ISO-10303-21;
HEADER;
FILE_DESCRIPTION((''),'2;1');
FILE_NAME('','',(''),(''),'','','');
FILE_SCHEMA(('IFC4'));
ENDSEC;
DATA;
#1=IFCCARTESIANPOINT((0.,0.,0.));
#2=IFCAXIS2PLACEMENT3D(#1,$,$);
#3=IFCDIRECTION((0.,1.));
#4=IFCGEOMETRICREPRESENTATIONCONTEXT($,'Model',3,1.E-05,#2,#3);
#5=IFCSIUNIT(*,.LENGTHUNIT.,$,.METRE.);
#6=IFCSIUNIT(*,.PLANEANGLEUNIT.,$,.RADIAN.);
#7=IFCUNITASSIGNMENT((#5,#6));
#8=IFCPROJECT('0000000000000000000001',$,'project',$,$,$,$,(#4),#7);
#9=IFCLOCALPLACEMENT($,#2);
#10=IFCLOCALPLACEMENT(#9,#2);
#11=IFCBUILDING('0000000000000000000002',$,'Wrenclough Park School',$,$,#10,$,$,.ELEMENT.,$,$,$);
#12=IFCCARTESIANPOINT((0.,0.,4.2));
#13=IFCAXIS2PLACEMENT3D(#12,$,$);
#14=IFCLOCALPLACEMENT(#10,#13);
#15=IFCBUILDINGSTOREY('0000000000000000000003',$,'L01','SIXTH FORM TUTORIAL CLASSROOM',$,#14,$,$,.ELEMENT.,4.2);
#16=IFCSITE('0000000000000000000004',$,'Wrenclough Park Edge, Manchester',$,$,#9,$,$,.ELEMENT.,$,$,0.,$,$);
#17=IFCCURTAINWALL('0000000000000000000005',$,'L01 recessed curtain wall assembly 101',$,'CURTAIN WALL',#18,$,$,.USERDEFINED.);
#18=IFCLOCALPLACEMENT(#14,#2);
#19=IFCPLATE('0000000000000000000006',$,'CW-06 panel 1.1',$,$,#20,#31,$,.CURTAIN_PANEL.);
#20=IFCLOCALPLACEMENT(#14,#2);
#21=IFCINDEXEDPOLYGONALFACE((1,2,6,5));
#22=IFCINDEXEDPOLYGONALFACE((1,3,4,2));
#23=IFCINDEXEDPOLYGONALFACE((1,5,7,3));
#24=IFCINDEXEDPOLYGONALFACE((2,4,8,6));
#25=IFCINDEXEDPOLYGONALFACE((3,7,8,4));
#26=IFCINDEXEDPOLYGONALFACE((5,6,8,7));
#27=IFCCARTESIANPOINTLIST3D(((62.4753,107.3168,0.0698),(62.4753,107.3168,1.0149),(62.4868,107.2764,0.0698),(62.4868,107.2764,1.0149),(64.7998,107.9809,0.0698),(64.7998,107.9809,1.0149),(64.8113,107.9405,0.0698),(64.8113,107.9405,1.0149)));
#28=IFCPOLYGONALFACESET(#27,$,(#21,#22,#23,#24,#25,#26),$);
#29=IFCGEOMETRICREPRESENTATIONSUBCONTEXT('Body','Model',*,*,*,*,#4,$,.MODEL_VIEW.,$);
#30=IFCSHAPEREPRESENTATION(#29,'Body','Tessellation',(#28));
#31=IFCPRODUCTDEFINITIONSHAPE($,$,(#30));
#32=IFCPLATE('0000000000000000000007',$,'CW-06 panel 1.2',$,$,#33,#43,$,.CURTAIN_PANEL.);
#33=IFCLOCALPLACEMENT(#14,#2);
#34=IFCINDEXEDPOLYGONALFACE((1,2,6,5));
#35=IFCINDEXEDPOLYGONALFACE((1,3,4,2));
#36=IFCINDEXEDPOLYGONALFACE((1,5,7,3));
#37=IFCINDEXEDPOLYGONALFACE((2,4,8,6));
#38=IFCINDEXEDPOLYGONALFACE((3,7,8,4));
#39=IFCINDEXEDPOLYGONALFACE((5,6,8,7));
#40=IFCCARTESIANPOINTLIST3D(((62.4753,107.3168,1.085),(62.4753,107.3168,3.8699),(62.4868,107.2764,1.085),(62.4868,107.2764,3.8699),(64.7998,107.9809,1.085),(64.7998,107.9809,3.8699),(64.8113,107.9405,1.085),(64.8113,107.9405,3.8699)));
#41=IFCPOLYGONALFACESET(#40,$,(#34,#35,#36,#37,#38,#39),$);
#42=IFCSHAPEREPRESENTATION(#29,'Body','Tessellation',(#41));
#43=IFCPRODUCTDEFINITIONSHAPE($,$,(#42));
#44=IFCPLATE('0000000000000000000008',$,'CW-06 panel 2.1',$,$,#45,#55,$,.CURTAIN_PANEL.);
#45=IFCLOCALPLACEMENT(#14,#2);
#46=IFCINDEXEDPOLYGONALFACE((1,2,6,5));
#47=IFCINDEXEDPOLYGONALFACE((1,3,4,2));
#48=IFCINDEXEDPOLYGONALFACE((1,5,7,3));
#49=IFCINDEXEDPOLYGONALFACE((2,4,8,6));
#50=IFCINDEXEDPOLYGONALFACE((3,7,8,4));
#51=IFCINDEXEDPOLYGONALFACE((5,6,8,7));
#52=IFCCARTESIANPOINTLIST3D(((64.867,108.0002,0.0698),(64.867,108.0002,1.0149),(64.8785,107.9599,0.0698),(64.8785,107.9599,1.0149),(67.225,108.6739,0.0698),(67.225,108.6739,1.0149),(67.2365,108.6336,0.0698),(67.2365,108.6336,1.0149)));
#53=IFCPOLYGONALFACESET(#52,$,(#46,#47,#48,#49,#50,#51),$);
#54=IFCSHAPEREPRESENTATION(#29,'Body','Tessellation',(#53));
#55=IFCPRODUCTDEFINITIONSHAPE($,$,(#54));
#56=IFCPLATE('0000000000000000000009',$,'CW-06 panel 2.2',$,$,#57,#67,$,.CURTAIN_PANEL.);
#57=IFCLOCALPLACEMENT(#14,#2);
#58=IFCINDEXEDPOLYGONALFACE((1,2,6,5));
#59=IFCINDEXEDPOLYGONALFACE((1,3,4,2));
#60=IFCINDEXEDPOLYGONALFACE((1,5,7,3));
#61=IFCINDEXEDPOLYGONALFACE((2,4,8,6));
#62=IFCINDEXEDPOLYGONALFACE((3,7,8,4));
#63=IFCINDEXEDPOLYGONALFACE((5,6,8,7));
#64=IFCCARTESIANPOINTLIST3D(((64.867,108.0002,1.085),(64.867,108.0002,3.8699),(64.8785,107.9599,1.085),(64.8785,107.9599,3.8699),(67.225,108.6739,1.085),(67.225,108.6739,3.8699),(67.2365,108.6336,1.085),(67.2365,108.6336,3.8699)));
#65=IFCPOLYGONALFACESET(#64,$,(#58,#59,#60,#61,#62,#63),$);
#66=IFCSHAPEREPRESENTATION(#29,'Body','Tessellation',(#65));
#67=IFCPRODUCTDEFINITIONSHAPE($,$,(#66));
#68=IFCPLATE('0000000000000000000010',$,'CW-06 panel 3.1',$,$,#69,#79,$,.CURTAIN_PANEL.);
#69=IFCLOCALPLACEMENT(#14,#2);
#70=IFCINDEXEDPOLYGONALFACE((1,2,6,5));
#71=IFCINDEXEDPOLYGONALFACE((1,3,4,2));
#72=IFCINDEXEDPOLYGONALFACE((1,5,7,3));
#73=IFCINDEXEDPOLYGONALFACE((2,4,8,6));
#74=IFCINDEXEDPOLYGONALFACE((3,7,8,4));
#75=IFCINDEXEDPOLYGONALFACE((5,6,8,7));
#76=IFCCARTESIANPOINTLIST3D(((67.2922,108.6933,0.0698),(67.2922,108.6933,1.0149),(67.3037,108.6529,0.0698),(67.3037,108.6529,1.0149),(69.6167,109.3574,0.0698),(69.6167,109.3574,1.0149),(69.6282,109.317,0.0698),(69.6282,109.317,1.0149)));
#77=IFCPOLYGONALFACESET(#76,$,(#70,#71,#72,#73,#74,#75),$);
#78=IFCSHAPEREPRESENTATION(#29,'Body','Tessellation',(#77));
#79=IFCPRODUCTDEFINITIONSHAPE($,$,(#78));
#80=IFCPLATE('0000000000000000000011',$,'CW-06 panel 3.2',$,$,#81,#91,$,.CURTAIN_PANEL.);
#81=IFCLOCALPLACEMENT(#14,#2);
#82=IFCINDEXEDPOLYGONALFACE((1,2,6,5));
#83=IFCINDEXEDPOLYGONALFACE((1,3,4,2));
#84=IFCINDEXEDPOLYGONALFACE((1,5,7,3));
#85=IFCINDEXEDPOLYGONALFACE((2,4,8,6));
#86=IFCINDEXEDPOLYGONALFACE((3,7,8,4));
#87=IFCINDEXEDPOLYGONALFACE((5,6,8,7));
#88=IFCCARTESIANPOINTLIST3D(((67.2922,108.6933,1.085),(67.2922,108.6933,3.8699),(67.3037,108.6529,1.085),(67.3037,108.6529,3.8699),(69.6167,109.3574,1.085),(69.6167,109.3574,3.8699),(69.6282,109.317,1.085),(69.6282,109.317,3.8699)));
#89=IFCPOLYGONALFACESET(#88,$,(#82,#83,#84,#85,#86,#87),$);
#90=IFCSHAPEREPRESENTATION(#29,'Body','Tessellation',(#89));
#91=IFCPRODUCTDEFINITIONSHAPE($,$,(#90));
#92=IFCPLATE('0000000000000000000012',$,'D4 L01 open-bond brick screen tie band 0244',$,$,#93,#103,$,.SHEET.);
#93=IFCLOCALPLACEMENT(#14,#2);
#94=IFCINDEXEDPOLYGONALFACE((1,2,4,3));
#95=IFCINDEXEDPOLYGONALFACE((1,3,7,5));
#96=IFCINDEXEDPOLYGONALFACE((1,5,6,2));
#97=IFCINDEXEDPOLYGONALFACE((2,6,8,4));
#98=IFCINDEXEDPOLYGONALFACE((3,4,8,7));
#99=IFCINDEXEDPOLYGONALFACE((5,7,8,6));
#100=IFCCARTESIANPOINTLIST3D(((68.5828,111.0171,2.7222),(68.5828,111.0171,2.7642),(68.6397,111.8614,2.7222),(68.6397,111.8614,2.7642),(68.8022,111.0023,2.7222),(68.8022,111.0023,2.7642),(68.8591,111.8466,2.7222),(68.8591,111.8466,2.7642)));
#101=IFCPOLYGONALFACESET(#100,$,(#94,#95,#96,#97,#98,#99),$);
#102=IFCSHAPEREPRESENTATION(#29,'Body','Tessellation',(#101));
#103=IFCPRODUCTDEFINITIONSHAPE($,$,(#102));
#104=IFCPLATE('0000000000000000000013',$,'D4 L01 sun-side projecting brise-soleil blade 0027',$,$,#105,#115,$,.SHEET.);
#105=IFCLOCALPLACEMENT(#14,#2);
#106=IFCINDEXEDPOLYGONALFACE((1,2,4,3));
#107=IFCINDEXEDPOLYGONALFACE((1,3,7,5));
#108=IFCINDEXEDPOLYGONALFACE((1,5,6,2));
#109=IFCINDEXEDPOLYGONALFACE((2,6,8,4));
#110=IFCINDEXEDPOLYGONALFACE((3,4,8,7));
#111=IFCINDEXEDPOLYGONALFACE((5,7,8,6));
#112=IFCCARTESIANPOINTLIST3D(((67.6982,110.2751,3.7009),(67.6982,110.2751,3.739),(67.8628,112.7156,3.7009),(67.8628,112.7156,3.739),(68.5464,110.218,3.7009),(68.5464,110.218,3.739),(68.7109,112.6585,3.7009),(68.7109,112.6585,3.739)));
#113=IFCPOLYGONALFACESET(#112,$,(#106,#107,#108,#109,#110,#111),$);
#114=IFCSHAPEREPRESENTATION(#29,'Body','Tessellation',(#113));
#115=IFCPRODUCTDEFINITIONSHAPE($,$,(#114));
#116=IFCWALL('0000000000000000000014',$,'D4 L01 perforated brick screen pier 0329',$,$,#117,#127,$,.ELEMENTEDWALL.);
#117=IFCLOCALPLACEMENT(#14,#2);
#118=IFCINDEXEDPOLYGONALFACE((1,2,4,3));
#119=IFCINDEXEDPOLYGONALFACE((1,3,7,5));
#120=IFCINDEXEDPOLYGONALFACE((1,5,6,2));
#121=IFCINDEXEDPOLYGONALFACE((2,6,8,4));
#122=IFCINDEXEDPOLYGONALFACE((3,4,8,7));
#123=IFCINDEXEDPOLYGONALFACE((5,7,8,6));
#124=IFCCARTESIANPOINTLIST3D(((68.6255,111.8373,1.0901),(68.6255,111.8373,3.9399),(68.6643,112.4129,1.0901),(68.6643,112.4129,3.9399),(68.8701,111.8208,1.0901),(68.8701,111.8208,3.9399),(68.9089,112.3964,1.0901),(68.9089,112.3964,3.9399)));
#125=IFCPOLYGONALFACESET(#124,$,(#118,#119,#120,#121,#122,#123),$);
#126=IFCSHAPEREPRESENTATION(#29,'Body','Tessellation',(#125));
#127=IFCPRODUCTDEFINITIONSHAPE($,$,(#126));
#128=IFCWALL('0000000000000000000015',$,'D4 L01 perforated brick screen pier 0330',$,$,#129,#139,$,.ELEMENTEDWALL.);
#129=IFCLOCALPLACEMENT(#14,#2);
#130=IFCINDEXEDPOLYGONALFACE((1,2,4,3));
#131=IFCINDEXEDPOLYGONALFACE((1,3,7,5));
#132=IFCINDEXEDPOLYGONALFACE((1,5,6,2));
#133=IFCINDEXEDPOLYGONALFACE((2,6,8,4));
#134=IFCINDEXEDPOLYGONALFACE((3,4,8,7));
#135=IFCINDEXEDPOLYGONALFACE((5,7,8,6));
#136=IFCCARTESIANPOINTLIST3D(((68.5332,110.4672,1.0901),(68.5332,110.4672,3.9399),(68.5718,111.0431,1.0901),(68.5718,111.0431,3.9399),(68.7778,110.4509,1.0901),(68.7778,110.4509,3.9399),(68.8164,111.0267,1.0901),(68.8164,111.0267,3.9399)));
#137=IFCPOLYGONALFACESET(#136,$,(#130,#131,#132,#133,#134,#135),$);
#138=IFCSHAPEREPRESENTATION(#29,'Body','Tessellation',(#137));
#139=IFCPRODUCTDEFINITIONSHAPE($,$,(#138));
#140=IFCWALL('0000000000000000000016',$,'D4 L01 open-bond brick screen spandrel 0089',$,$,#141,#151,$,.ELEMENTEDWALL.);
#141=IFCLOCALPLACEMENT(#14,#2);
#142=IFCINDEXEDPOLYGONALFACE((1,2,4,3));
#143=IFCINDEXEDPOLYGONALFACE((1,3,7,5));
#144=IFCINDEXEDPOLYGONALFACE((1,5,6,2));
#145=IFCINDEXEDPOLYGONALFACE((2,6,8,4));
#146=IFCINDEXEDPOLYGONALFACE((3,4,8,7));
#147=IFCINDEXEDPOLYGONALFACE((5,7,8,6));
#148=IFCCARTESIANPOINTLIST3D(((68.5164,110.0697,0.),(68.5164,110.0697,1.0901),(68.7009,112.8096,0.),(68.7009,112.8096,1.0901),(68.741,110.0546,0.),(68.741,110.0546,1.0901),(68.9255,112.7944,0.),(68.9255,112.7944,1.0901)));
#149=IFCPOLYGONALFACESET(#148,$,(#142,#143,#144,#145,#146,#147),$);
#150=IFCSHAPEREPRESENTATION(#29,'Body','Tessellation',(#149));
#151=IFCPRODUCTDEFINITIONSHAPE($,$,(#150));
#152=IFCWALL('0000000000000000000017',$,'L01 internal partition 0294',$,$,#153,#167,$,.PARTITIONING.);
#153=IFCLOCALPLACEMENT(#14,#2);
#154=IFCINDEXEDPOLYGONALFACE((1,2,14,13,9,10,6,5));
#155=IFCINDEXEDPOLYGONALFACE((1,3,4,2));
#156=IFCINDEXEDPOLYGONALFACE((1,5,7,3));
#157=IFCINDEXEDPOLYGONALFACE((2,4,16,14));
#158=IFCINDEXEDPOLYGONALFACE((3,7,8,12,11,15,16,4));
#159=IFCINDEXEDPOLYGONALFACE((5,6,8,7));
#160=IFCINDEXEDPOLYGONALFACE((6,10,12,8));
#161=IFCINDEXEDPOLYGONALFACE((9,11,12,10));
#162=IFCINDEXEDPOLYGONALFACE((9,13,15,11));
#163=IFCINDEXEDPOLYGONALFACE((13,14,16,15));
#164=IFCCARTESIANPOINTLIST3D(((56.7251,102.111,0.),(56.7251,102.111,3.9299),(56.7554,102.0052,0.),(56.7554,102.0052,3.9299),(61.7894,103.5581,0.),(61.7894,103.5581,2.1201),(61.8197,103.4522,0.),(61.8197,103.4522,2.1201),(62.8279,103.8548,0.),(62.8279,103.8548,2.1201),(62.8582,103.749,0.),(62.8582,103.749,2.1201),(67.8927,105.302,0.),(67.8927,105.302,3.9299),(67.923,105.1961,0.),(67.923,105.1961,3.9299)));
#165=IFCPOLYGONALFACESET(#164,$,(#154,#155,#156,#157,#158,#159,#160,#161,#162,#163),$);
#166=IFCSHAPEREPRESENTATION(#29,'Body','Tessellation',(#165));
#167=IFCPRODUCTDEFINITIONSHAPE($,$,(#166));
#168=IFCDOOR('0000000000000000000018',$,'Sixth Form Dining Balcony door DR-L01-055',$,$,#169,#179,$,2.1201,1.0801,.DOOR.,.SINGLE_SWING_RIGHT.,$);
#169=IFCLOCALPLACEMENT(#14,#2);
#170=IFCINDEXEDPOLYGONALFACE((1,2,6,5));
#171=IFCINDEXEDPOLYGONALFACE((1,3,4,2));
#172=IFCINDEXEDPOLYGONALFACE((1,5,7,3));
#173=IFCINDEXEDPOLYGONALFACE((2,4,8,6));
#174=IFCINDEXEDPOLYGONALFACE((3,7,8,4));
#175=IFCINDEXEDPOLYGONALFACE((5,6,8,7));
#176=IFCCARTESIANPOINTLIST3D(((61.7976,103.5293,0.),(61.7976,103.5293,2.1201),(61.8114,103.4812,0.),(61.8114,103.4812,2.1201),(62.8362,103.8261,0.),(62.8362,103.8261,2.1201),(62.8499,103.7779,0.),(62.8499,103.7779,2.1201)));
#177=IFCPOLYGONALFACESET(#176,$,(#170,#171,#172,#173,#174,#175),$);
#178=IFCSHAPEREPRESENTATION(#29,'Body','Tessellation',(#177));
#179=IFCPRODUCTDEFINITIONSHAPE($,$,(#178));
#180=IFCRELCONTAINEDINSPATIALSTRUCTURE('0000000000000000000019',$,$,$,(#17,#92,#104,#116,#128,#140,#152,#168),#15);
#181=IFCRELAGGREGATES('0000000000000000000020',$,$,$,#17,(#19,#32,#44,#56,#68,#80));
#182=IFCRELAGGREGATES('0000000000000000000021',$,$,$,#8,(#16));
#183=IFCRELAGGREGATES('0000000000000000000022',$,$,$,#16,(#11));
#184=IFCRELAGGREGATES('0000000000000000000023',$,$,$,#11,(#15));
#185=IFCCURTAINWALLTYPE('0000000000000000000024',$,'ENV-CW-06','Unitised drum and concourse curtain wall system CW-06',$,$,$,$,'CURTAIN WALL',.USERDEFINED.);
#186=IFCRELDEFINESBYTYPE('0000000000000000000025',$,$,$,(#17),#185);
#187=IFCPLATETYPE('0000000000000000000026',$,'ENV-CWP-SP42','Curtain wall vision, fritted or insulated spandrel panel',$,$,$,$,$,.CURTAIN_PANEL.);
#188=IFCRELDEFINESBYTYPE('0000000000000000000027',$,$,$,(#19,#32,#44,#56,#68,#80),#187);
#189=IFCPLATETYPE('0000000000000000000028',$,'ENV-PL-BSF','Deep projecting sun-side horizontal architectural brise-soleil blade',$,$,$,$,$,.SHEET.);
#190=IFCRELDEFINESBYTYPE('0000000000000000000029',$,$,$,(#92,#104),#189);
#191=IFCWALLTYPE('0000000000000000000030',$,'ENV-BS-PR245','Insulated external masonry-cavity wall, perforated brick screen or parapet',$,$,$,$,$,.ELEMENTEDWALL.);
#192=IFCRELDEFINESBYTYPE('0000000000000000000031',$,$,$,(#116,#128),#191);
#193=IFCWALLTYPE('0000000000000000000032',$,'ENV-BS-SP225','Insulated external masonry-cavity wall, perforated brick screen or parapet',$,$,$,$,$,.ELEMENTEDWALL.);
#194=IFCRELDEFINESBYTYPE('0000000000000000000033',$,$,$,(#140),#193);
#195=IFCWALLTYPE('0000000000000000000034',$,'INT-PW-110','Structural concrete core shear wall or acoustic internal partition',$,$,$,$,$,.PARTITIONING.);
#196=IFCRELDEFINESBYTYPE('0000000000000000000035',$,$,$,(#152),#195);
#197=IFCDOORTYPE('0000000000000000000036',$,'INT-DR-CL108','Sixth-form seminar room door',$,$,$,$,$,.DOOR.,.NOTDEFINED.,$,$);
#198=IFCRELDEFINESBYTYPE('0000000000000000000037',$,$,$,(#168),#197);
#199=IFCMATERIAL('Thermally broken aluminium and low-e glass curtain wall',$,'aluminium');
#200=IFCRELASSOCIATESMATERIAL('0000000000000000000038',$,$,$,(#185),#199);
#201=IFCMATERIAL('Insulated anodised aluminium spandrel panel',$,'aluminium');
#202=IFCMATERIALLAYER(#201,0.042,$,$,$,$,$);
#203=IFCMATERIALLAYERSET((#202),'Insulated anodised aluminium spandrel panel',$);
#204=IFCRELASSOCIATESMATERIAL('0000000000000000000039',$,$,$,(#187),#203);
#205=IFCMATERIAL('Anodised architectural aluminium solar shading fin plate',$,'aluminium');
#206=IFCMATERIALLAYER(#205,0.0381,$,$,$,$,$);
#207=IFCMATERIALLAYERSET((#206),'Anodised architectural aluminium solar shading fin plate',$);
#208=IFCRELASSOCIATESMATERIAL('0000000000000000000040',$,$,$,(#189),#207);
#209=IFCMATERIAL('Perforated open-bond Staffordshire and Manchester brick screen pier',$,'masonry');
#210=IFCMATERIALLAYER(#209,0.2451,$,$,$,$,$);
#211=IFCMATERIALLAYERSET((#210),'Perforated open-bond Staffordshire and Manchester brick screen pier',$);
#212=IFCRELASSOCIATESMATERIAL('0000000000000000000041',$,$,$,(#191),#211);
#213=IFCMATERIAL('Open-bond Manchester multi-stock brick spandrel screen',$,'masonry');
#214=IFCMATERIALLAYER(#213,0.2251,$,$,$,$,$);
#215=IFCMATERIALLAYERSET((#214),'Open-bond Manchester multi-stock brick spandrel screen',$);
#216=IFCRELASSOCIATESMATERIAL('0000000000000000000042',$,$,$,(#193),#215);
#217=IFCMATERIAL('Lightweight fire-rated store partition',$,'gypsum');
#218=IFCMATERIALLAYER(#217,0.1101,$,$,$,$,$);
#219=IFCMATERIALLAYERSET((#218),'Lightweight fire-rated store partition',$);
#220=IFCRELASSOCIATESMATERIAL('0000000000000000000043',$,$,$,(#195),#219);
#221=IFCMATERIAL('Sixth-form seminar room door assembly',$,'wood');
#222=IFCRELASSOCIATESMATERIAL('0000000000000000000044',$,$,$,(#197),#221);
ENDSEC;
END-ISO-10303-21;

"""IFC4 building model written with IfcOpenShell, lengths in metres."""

from ifc_helpers import new_model, si_unit, direction, frame, frame_2d, origin, origin_2d, place, context, subcontext, project, spatial, rectangle, extrude, material, layer, layer_set, type_object, element, fill, aggregate, save


model = new_model("IFC4")

# Units and contexts
model_context = context("Model", 3, precision=1e-05, world=origin(), true_north=direction((0.0, 1.0)))
body_context = subcontext(model_context, "Body", "Model", "MODEL_VIEW")
ifc_project = project(units=[si_unit("LENGTHUNIT", "METRE"), si_unit("PLANEANGLEUNIT", "RADIAN")], contexts=[model_context])

# Site, building, storey
site_placement = place(None, origin())
site = spatial("IfcSite", under=ifc_project, at=site_placement, Name="Wrenclough Park Edge, Manchester", CompositionType="ELEMENT", RefElevation=0.0)
building_placement = place(site_placement, origin())
building = spatial("IfcBuilding", under=site, at=building_placement, Name="Wrenclough Park School", CompositionType="ELEMENT")
storey_placement = place(building_placement, frame((0.0, 0.0, 4.2)))
storey = spatial("IfcBuildingStorey", under=building, at=storey_placement, Name="L01", Description="SIXTH FORM TUTORIAL CLASSROOM", CompositionType="ELEMENT", Elevation=4.2)

# Curtain wall
ifc_material_1 = material(Name="Thermally broken aluminium and low-e glass curtain wall", Category="aluminium")
curtain_wall_type = type_object("IfcCurtainWallType", Name="ENV-CW-06", Description="Unitised drum and concourse curtain wall system CW-06", ElementType="CURTAIN WALL", PredefinedType="USERDEFINED", material=ifc_material_1)
curtain_wall_placement = place(storey_placement, origin())
curtain_wall = element("IfcCurtainWall", 1, at=curtain_wall_placement, inside=storey, type_object=curtain_wall_type, Name="L01 recessed curtain wall assembly 101", ObjectType="CURTAIN WALL", PredefinedType="USERDEFINED")

# Plates
ifc_material_2 = material(Name="Insulated anodised aluminium spandrel panel", Category="aluminium")
ifc_layer_1 = layer(ifc_material_2, 0.042)
ifc_layer_set_1 = layer_set([ifc_layer_1], Name="Insulated anodised aluminium spandrel panel")
plate_type_1 = type_object("IfcPlateType", Name="ENV-CWP-SP42", Description="Curtain wall vision, fritted or insulated spandrel panel", PredefinedType="CURTAIN_PANEL", material=ifc_layer_set_1)
plate_1_placement = place(storey_placement, frame((63.6433, 107.6287, 0.0698), z_axis=(0.0, 0.0, 1.0), x_axis=(0.961526, 0.274714, 0.0)))
plate_1 = element("IfcPlate", 2, at=plate_1_placement, type_object=plate_type_1, Name="CW-06 panel 1.1", PredefinedType="CURTAIN_PANEL", context=body_context, shape_type="SweptSolid", body=[
    extrude(rectangle(XDim=2.4175, YDim=0.042, at=origin_2d()), origin(), (0.0, 0.0, 1.0), 0.9451),
])
plate_2_placement = place(storey_placement, frame((63.6433, 107.6287, 1.085), z_axis=(0.0, 0.0, 1.0), x_axis=(0.961526, 0.274714, 0.0)))
plate_2 = element("IfcPlate", 3, at=plate_2_placement, type_object=plate_type_1, Name="CW-06 panel 1.2", PredefinedType="CURTAIN_PANEL", context=body_context, shape_type="SweptSolid", body=[
    extrude(rectangle(XDim=2.4175, YDim=0.042, at=origin_2d()), origin(), (0.0, 0.0, 1.0), 2.7849),
])
plate_3_placement = place(storey_placement, frame((66.0518, 108.3169, 0.0698), z_axis=(0.0, 0.0, 1.0), x_axis=(0.961526, 0.274714, 0.0)))
plate_3 = element("IfcPlate", 4, at=plate_3_placement, type_object=plate_type_1, Name="CW-06 panel 2.1", PredefinedType="CURTAIN_PANEL", context=body_context, shape_type="SweptSolid", body=[
    extrude(rectangle(XDim=2.4524, YDim=0.042, at=origin_2d()), origin(), (0.0, 0.0, 1.0), 0.9451),
])
plate_4_placement = place(storey_placement, frame((66.0518, 108.3169, 1.085), z_axis=(0.0, 0.0, 1.0), x_axis=(0.961526, 0.274714, 0.0)))
plate_4 = element("IfcPlate", 5, at=plate_4_placement, type_object=plate_type_1, Name="CW-06 panel 2.2", PredefinedType="CURTAIN_PANEL", context=body_context, shape_type="SweptSolid", body=[
    extrude(rectangle(XDim=2.4524, YDim=0.042, at=origin_2d()), origin(), (0.0, 0.0, 1.0), 2.7849),
])
plate_5_placement = place(storey_placement, frame((68.4602, 109.0051, 0.0698), z_axis=(0.0, 0.0, 1.0), x_axis=(0.961526, 0.274714, 0.0)))
plate_5 = element("IfcPlate", 6, at=plate_5_placement, type_object=plate_type_1, Name="CW-06 panel 3.1", PredefinedType="CURTAIN_PANEL", context=body_context, shape_type="SweptSolid", body=[
    extrude(rectangle(XDim=2.4175, YDim=0.042, at=origin_2d()), origin(), (0.0, 0.0, 1.0), 0.9451),
])
plate_6_placement = place(storey_placement, frame((68.4602, 109.0051, 1.085), z_axis=(0.0, 0.0, 1.0), x_axis=(0.961526, 0.274714, 0.0)))
plate_6 = element("IfcPlate", 7, at=plate_6_placement, type_object=plate_type_1, Name="CW-06 panel 3.2", PredefinedType="CURTAIN_PANEL", context=body_context, shape_type="SweptSolid", body=[
    extrude(rectangle(XDim=2.4175, YDim=0.042, at=origin_2d()), origin(), (0.0, 0.0, 1.0), 2.7849),
])
aggregate(curtain_wall, [plate_1, plate_2, plate_3, plate_4, plate_5, plate_6])

# Plates
ifc_material_3 = material(Name="Anodised architectural aluminium solar shading fin plate", Category="aluminium")
ifc_layer_2 = layer(ifc_material_3, 0.0381)
ifc_layer_set_2 = layer_set([ifc_layer_2], Name="Anodised architectural aluminium solar shading fin plate")
plate_type_2 = type_object("IfcPlateType", Name="ENV-PL-BSF", Description="Deep projecting sun-side horizontal architectural brise-soleil blade", PredefinedType="SHEET", material=ifc_layer_set_2)
plate_7_placement = place(storey_placement, frame((68.7209, 111.4319, 2.7222), z_axis=(0.0, 0.0, 1.0), x_axis=(-0.067259, -0.997736, 0.0)))
element("IfcPlate", 8, at=plate_7_placement, inside=storey, type_object=plate_type_2, Name="D4 L01 open-bond brick screen tie band 0244", PredefinedType="SHEET", context=body_context, shape_type="SweptSolid", body=[
    extrude(rectangle(XDim=0.8462, YDim=0.22, at=origin_2d()), origin(), (0.0, 0.0, 1.0), 0.042),
])
plate_8_placement = place(storey_placement, frame((68.2046, 111.4668, 3.7009), z_axis=(0.0, 0.0, 1.0), x_axis=(-0.067259, -0.997736, 0.0)))
element("IfcPlate", 9, at=plate_8_placement, inside=storey, type_object=plate_type_2, Name="D4 L01 sun-side projecting brise-soleil blade 0027", PredefinedType="SHEET", context=body_context, shape_type="SweptSolid", body=[
    extrude(rectangle(XDim=2.446, YDim=0.8501, at=origin_2d()), origin(), (0.0, 0.0, 1.0), 0.0381),
])

# Walls
ifc_material_4 = material(Name="Perforated open-bond Staffordshire and Manchester brick screen pier", Category="masonry")
ifc_layer_3 = layer(ifc_material_4, 0.2451)
ifc_layer_set_3 = layer_set([ifc_layer_3], Name="Perforated open-bond Staffordshire and Manchester brick screen pier")
wall_type_1 = type_object("IfcWallType", Name="ENV-BS-PR245", Description="Insulated external masonry-cavity wall, perforated brick screen or parapet", PredefinedType="ELEMENTEDWALL", material=ifc_layer_set_3)
wall_1_placement = place(storey_placement, frame((68.7866, 112.4048, 1.0901), z_axis=(0.0, 0.0, 1.0), x_axis=(-0.067277, -0.997734, 0.0)))
element("IfcWall", 10, at=wall_1_placement, inside=storey, type_object=wall_type_1, Name="D4 L01 perforated brick screen pier 0329", PredefinedType="ELEMENTEDWALL", context=body_context, shape_type="SweptSolid", body=[
    extrude(rectangle(XDim=0.5769, YDim=0.2451, at=frame_2d((0.2886, 0.0))), origin(), (0.0, 0.0, 1.0), 2.8499),
])
wall_2_placement = place(storey_placement, frame((68.6941, 111.0349, 1.0901), z_axis=(0.0, 0.0, 1.0), x_axis=(-0.066828, -0.997765, 0.0)))
element("IfcWall", 11, at=wall_2_placement, inside=storey, type_object=wall_type_1, Name="D4 L01 perforated brick screen pier 0330", PredefinedType="ELEMENTEDWALL", context=body_context, shape_type="SweptSolid", body=[
    extrude(rectangle(XDim=0.5771, YDim=0.2451, at=frame_2d((0.2886, 0.0))), origin(), (0.0, 0.0, 1.0), 2.8499),
])
ifc_material_5 = material(Name="Open-bond Manchester multi-stock brick spandrel screen", Category="masonry")
ifc_layer_4 = layer(ifc_material_5, 0.2251)
ifc_layer_set_4 = layer_set([ifc_layer_4], Name="Open-bond Manchester multi-stock brick spandrel screen")
wall_type_2 = type_object("IfcWallType", Name="ENV-BS-SP225", Description="Insulated external masonry-cavity wall, perforated brick screen or parapet", PredefinedType="ELEMENTEDWALL", material=ifc_layer_set_4)
wall_3_placement = place(storey_placement, frame((68.8132, 112.802, 0.0), z_axis=(0.0, 0.0, 1.0), x_axis=(-0.067209, -0.997739, 0.0)))
element("IfcWall", 12, at=wall_3_placement, inside=storey, type_object=wall_type_2, Name="D4 L01 open-bond brick screen spandrel 0089", PredefinedType="ELEMENTEDWALL", context=body_context, shape_type="SweptSolid", body=[
    extrude(rectangle(XDim=2.7461, YDim=0.2251, at=frame_2d((1.373, 0.0))), origin(), (0.0, 0.0, 1.0), 1.0901),
])

# Wall, opening, door
ifc_material_6 = material(Name="Lightweight fire-rated store partition", Category="gypsum")
ifc_layer_5 = layer(ifc_material_6, 0.1101)
ifc_layer_set_5 = layer_set([ifc_layer_5], Name="Lightweight fire-rated store partition")
wall_type_3 = type_object("IfcWallType", Name="INT-PW-110", Description="Structural concrete core shear wall or acoustic internal partition", PredefinedType="PARTITIONING", material=ifc_layer_set_5)
wall_4_placement = place(storey_placement, frame((67.9077, 105.249, 0.0), z_axis=(0.0, 0.0, 1.0), x_axis=(-0.961519, -0.274738, 0.0)))
wall_4 = element("IfcWall", 13, at=wall_4_placement, inside=storey, type_object=wall_type_3, Name="L01 internal partition 0294", PredefinedType="PARTITIONING", context=body_context, shape_type="SweptSolid", body=[
    extrude(rectangle(XDim=11.6145, YDim=0.1101, at=frame_2d((5.8071, 0.0))), origin(), (0.0, 0.0, 1.0), 3.9299),
])
opening_placement = place(wall_4_placement, frame((5.2673, 0.0, 0.0)))
opening = element("IfcOpeningElement", 14, at=opening_placement, cuts=wall_4, PredefinedType="OPENING", context=body_context, shape_type="SweptSolid", body=[
    extrude(rectangle(XDim=1.0801, YDim=2.1201, at=frame_2d((0.54, 1.0601))), frame((0.0, 0.0649, 0.0), z_axis=(0.0, -1.0, 0.0), x_axis=(1.0, 0.0, 0.0)), (0.0, 0.0, 1.0), 0.1301),
])
ifc_material_7 = material(Name="Sixth-form seminar room door assembly", Category="wood")
door_type = type_object("IfcDoorType", Name="INT-DR-CL108", Description="Sixth-form seminar room door", OperationType="NOTDEFINED", PredefinedType="DOOR", material=ifc_material_7)
door_placement = place(opening_placement, origin())
door = element("IfcDoor", 15, at=door_placement, inside=storey, type_object=door_type, Name="Sixth Form Dining Balcony door DR-L01-055", OperationType="SINGLE_SWING_RIGHT", OverallHeight=2.1201, OverallWidth=1.0801, PredefinedType="DOOR", context=body_context, shape_type="SweptSolid", body=[
    extrude(rectangle(XDim=1.0801, YDim=2.1201, at=frame_2d((0.54, 1.0601))), frame((0.0, 0.0249, 0.0), z_axis=(0.0, -1.0, 0.0), x_axis=(1.0, 0.0, 0.0)), (0.0, 0.0, 1.0), 0.05),
])
fill(opening, door)

save(model, "model.ifc")
